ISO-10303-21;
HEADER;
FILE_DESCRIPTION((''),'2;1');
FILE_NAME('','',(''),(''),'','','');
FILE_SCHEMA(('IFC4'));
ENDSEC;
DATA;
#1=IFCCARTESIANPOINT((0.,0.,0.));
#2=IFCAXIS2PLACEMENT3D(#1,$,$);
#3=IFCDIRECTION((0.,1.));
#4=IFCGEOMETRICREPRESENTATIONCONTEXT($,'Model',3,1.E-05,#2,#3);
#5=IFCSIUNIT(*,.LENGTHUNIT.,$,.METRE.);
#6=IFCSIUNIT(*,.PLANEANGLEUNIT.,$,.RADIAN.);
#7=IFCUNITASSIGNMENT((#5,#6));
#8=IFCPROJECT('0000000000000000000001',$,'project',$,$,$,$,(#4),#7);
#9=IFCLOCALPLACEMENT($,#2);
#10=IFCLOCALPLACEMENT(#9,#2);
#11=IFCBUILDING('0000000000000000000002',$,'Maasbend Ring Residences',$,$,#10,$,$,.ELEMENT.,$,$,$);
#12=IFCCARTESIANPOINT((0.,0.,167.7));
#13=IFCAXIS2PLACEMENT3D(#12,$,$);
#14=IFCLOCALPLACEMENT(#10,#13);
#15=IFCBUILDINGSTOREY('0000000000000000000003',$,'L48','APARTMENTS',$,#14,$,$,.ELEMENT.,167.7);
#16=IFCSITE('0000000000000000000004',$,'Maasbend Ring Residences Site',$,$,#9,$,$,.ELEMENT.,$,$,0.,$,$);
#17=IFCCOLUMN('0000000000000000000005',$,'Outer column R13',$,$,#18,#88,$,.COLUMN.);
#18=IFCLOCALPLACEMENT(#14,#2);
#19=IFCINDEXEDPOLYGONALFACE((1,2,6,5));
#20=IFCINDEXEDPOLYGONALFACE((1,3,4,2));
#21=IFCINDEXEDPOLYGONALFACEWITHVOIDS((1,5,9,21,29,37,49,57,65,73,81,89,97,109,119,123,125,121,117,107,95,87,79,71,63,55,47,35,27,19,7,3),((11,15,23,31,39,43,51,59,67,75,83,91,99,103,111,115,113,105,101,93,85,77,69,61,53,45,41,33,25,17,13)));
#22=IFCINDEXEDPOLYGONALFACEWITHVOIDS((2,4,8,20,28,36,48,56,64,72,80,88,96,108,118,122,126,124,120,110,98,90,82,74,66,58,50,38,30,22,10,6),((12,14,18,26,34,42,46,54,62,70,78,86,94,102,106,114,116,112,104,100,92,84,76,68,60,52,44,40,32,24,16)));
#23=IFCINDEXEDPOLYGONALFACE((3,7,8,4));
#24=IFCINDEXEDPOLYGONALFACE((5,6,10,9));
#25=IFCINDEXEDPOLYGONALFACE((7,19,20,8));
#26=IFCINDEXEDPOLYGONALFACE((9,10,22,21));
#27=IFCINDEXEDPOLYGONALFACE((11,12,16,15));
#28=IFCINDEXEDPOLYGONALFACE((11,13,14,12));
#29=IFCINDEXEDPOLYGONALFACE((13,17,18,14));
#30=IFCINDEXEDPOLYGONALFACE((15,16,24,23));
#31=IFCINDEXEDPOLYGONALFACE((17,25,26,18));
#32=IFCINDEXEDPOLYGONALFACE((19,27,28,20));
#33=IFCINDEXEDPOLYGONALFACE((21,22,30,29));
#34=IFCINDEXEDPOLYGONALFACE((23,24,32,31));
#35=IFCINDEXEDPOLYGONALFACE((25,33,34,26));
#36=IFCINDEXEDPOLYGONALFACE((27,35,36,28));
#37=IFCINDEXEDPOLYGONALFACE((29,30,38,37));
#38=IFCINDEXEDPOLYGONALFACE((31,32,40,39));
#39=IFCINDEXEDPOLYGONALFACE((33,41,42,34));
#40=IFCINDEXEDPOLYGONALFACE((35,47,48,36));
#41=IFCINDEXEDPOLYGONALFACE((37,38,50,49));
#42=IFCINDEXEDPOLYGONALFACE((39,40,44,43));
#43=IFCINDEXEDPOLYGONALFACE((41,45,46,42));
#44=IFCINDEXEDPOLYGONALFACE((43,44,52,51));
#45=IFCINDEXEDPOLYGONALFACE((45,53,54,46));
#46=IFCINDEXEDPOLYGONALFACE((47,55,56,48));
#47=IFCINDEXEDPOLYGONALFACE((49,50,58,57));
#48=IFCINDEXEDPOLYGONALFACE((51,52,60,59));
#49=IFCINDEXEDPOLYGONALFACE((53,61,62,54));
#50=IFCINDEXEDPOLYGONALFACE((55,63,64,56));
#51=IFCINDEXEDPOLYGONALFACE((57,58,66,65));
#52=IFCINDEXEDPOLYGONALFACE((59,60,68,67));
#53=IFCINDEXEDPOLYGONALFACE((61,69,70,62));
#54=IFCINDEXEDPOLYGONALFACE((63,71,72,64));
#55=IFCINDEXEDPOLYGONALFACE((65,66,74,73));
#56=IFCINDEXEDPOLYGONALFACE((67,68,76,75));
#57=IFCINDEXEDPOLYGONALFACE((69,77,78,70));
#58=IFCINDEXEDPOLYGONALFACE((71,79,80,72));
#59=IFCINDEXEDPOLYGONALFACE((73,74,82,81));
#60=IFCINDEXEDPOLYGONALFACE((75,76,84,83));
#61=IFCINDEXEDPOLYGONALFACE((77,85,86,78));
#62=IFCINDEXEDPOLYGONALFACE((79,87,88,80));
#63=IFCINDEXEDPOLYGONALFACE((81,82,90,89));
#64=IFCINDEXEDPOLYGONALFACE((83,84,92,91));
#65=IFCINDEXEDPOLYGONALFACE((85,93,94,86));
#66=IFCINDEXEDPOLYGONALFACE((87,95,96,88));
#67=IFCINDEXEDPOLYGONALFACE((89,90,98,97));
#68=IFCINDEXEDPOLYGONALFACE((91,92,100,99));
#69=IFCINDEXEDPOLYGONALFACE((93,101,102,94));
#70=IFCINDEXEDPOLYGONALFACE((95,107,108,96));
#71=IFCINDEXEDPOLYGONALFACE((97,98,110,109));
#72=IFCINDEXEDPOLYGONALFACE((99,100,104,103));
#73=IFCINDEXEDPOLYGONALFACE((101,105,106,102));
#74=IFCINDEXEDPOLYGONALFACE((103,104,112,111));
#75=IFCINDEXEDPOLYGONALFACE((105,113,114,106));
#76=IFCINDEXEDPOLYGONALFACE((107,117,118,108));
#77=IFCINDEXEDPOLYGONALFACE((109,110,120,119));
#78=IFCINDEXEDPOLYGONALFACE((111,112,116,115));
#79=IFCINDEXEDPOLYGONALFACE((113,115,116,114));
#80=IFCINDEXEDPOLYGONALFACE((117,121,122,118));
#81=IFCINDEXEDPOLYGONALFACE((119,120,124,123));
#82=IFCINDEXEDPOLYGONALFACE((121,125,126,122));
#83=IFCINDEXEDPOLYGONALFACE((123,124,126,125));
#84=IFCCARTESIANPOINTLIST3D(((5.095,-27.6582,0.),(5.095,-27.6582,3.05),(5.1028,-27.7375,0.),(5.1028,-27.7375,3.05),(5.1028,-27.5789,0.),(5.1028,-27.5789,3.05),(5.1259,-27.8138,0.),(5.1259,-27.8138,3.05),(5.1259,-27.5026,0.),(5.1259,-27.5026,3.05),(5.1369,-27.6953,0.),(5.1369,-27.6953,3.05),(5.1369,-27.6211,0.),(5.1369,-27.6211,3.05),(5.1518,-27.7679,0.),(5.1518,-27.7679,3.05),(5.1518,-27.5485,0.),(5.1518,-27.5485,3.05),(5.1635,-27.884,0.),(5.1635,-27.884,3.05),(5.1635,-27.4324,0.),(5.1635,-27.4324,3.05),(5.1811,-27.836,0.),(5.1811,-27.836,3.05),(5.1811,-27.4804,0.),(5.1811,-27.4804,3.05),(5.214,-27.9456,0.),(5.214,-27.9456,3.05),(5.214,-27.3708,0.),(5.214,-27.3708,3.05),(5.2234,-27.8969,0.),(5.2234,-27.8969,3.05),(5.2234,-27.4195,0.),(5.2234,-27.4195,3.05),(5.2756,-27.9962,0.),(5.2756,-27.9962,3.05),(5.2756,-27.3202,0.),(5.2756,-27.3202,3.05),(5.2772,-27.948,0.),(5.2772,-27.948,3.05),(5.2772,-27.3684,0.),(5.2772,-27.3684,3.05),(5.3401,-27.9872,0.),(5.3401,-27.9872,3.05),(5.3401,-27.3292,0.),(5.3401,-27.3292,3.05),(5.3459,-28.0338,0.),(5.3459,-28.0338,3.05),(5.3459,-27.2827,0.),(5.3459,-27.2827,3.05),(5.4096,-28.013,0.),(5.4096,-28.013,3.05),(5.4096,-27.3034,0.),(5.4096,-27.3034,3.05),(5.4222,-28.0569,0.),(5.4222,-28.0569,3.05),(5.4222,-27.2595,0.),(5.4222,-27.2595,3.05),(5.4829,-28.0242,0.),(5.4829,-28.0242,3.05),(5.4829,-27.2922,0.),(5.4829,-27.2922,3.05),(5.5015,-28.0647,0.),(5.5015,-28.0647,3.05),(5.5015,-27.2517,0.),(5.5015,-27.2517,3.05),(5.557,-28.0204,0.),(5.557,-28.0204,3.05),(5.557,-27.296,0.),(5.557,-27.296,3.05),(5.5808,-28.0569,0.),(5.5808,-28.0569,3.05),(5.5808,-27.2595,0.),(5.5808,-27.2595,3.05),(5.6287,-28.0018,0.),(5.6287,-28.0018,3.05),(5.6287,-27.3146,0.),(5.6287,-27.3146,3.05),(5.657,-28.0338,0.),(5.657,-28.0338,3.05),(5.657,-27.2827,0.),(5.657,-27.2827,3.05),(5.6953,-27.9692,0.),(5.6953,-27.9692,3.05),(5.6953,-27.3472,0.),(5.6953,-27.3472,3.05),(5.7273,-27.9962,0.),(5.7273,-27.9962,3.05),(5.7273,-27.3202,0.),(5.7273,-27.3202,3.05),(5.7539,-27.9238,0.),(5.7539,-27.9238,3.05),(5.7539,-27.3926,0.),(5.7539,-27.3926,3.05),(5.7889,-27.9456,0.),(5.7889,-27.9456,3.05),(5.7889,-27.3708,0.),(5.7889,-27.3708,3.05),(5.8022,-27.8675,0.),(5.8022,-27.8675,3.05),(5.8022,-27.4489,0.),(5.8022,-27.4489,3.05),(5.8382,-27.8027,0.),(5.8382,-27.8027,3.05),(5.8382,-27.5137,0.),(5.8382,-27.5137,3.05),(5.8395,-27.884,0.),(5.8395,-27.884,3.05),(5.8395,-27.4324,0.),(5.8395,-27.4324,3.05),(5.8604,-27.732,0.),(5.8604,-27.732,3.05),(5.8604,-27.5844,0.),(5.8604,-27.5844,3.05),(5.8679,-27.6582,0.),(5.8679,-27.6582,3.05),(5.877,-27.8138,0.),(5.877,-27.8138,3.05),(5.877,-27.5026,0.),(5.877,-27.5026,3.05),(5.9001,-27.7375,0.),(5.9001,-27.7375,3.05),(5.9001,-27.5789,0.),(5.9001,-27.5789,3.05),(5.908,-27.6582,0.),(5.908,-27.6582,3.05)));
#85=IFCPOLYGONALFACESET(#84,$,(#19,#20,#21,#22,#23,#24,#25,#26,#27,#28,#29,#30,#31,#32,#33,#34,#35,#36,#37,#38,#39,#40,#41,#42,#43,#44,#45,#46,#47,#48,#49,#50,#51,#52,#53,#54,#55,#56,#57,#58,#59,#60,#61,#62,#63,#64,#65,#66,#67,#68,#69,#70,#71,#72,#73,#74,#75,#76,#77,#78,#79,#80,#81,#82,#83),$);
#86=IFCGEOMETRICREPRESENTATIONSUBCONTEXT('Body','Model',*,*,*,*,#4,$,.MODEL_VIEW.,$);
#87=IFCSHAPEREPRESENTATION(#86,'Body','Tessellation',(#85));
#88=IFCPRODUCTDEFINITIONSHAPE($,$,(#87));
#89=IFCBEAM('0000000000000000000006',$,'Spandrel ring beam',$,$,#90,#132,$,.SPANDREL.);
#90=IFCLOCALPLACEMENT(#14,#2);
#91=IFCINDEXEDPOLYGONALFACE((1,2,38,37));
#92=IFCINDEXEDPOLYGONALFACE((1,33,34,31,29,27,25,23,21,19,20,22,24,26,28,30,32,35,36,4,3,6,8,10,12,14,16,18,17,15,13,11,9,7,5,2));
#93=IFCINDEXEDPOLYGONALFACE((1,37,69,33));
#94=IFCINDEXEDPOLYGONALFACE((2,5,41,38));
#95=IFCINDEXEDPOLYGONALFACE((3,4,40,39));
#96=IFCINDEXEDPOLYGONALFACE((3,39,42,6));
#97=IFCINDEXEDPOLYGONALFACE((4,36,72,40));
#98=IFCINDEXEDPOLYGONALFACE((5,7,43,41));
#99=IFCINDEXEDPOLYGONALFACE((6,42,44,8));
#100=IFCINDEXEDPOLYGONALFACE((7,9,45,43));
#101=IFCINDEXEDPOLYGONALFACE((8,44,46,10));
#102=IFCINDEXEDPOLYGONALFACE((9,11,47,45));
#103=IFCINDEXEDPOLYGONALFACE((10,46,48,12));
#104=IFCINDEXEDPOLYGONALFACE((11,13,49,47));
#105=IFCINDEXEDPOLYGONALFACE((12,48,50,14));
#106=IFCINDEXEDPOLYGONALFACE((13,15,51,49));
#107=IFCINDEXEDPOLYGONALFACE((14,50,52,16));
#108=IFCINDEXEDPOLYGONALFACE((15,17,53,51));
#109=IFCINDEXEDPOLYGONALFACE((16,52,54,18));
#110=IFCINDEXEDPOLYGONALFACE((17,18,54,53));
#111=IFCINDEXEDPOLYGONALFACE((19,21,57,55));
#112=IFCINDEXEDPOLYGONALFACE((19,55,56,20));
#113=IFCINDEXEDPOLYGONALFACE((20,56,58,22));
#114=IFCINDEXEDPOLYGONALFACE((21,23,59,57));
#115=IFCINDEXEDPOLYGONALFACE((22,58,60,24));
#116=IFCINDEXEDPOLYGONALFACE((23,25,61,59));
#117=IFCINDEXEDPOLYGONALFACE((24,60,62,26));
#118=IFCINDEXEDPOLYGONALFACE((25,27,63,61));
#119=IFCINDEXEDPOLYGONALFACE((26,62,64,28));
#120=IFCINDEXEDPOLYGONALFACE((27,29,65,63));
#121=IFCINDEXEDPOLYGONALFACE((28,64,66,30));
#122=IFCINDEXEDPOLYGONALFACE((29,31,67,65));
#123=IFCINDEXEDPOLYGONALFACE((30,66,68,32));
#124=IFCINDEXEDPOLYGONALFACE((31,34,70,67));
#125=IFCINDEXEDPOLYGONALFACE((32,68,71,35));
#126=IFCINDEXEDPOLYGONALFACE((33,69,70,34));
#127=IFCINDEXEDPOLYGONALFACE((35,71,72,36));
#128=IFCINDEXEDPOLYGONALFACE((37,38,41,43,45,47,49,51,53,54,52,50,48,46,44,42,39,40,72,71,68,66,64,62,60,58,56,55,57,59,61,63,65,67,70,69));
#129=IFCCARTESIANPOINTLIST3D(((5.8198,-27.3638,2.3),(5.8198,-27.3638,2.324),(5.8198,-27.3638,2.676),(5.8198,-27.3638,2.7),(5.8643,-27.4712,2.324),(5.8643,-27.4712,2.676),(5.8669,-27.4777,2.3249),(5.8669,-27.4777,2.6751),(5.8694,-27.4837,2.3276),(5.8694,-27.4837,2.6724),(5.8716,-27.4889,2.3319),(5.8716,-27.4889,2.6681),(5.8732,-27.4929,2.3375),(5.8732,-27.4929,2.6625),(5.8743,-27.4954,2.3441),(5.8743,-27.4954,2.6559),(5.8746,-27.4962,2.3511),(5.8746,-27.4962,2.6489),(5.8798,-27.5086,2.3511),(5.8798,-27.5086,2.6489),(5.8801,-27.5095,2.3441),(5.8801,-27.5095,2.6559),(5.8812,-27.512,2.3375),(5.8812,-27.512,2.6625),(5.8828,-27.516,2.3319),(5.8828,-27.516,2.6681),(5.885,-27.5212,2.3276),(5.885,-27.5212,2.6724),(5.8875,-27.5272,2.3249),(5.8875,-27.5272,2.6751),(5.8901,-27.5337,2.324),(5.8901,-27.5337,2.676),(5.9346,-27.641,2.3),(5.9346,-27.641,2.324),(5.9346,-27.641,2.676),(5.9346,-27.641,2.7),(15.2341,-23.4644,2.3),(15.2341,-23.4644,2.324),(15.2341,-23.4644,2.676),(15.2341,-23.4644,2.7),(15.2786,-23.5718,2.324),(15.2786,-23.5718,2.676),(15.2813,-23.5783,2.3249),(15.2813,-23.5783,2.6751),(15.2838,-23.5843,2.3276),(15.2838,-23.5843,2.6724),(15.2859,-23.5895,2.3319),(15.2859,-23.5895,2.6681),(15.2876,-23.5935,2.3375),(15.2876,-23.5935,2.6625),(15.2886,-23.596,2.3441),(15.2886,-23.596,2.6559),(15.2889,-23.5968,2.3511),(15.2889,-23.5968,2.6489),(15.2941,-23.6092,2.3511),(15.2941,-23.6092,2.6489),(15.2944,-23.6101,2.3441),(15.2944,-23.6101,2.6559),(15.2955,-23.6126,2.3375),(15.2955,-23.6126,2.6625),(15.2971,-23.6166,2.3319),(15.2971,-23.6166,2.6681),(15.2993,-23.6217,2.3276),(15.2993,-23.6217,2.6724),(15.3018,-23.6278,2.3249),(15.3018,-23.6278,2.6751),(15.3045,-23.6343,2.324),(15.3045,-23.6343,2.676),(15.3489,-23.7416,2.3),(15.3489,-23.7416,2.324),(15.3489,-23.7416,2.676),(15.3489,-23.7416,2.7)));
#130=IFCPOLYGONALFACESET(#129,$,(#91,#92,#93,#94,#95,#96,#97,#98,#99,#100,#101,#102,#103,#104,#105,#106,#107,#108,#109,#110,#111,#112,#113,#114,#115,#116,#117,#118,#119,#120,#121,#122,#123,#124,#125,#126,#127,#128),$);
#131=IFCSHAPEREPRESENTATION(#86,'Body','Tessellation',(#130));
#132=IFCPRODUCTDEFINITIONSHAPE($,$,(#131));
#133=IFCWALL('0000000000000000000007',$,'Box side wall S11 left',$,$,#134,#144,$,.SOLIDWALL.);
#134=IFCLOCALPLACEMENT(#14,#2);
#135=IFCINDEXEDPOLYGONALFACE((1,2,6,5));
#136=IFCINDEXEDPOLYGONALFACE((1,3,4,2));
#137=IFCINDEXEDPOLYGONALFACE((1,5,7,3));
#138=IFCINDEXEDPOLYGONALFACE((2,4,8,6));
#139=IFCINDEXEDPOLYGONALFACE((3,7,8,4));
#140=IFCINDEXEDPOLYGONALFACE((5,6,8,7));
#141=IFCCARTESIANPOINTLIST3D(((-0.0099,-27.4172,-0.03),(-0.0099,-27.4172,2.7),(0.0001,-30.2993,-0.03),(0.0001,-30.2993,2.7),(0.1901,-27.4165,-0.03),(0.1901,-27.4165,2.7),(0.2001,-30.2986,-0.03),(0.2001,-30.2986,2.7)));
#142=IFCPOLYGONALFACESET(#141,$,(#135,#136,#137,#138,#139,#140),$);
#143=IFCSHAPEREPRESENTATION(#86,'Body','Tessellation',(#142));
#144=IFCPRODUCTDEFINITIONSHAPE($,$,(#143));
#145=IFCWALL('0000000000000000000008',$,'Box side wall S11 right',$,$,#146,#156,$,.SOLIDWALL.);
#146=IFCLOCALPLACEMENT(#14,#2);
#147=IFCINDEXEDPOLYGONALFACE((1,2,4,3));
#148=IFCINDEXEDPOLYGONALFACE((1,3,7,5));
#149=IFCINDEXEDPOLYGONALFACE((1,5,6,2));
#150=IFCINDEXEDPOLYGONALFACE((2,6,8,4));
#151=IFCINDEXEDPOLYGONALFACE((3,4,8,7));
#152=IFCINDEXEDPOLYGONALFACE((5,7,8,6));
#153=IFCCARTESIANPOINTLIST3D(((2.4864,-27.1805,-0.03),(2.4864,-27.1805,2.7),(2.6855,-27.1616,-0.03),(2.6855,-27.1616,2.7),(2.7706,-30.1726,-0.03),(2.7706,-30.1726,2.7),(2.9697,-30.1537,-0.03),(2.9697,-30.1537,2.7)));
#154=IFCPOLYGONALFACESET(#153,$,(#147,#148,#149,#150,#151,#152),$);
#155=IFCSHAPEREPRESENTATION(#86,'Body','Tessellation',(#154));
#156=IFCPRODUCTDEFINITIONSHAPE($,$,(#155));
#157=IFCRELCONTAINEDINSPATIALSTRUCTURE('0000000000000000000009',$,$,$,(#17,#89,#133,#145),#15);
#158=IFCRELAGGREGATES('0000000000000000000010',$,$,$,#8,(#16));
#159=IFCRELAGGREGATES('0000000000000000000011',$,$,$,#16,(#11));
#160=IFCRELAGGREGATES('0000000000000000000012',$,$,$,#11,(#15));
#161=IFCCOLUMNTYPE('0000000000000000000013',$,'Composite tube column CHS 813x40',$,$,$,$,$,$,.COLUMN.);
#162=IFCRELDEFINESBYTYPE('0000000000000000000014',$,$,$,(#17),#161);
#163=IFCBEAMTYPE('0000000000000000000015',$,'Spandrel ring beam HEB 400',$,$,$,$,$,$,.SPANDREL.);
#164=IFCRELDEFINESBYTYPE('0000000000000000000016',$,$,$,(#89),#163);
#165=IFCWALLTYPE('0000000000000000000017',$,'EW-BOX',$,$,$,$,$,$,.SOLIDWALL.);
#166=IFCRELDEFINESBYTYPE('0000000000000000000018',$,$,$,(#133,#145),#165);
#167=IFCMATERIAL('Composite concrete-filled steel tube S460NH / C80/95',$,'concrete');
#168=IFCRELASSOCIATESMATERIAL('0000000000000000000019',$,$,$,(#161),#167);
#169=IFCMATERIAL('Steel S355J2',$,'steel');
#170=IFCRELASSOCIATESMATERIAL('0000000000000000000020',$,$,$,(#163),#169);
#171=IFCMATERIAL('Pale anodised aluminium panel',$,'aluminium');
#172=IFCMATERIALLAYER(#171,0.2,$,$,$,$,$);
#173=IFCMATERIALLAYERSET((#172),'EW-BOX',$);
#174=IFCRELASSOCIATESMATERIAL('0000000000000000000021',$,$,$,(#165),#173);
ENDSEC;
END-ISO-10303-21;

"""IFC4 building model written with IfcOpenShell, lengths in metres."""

from ifc_helpers import new_model, si_unit, direction, frame, frame_2d, origin, origin_2d, place, context, subcontext, project, spatial, rectangle, hollow_circle, i_section, extrude, material, layer, layer_set, material_profile, profile_set, type_object, element, save


model = new_model("IFC4")

# Units and contexts
model_context = context("Model", 3, precision=1e-05, world=origin(), true_north=direction((0.0, 1.0)))
body_context = subcontext(model_context, "Body", "Model", "MODEL_VIEW")
ifc_project = project(units=[si_unit("LENGTHUNIT", "METRE"), si_unit("PLANEANGLEUNIT", "RADIAN")], contexts=[model_context])

# Site, building, storey
site_placement = place(None, origin())
site = spatial("IfcSite", under=ifc_project, at=site_placement, Name="Maasbend Ring Residences Site", CompositionType="ELEMENT", RefElevation=0.0)
building_placement = place(site_placement, origin())
building = spatial("IfcBuilding", under=site, at=building_placement, Name="Maasbend Ring Residences", CompositionType="ELEMENT")
storey_placement = place(building_placement, frame((0.0, 0.0, 167.7)))
storey = spatial("IfcBuildingStorey", under=building, at=storey_placement, Name="L48", Description="APARTMENTS", CompositionType="ELEMENT", Elevation=167.7)

# Column
ifc_material_1 = material(Name="Composite concrete-filled steel tube S460NH / C80/95", Category="concrete")
ifc_material_profile_1 = material_profile(ifc_material_1, hollow_circle(Radius=0.4065, WallThickness=0.04, at=origin_2d()), Name="Composite tube column CHS 813x40")
ifc_profile_set_1 = profile_set([ifc_material_profile_1], Name="Composite concrete-filled steel tube S460NH / C80/95")
column_type = type_object("IfcColumnType", Name="Composite tube column CHS 813x40", PredefinedType="COLUMN", material=ifc_profile_set_1)
column_placement = place(storey_placement, frame((5.5015, -27.6582, 0.0), z_axis=(0.0, 0.0, 1.0), x_axis=(1.0, 0.0, 0.0)))
element("IfcColumn", 1, at=column_placement, inside=storey, type_object=column_type, Name="Outer column R13", PredefinedType="COLUMN", context=body_context, shape_type="SweptSolid", body=[
    extrude(hollow_circle(Radius=0.4065, WallThickness=0.04, at=origin_2d()), origin(), (0.0, 0.0, 1.0), 3.05),
])

# Beam
ifc_material_2 = material(Name="Steel S355J2", Category="steel")
ifc_material_profile_2 = material_profile(ifc_material_2, i_section(OverallWidth=0.3, OverallDepth=0.3999, WebThickness=0.0134, FlangeThickness=0.0239, FilletRadius=0.0271, at=origin_2d()), Name="HEB 400")
ifc_profile_set_2 = profile_set([ifc_material_profile_2], Name="Steel S355J2")
beam_type = type_object("IfcBeamType", Name="Spandrel ring beam HEB 400", PredefinedType="SPANDREL", material=ifc_profile_set_2)
beam_placement = place(storey_placement, frame((5.8772, -27.5024, 2.5), z_axis=(0.923884, 0.382673, 0.0), x_axis=(-0.382673, 0.923884, 0.0)))
element("IfcBeam", 2, at=beam_placement, inside=storey, type_object=beam_type, Name="Spandrel ring beam", PredefinedType="SPANDREL", context=body_context, shape_type="SweptSolid", body=[
    extrude(i_section(OverallWidth=0.3, OverallDepth=0.3999, WebThickness=0.0134, FlangeThickness=0.0239, FilletRadius=0.0271, at=origin_2d()), origin(), (0.0, 0.0, 1.0), 10.1899),
])

# Walls
ifc_material_3 = material(Name="Pale anodised aluminium panel", Category="aluminium")
ifc_layer_1 = layer(ifc_material_3, 0.2)
ifc_layer_set_1 = layer_set([ifc_layer_1], Name="EW-BOX")
wall_type_1 = type_object("IfcWallType", Name="EW-BOX", PredefinedType="SOLIDWALL", material=ifc_layer_set_1)
wall_1_placement = place(storey_placement, frame((0.0901, -27.417, -0.03), z_axis=(0.0, 0.0, 1.0), x_axis=(0.003473, -0.999994, 0.0)))
element("IfcWall", 3, at=wall_1_placement, inside=storey, type_object=wall_type_1, Name="Box side wall S11 left", PredefinedType="SOLIDWALL", context=body_context, shape_type="SweptSolid", body=[
    extrude(rectangle(XDim=2.8821, YDim=0.2, at=frame_2d((1.4409, 0.0))), origin(), (0.0, 0.0, 1.0), 2.73),
])
wall_2_placement = place(storey_placement, frame((2.5859, -27.1709, -0.03), z_axis=(0.0, 0.0, 1.0), x_axis=(0.094548, -0.99552, 0.0)))
element("IfcWall", 4, at=wall_2_placement, inside=storey, type_object=wall_type_1, Name="Box side wall S11 right", PredefinedType="SOLIDWALL", context=body_context, shape_type="SweptSolid", body=[
    extrude(rectangle(XDim=3.0056, YDim=0.2, at=frame_2d((1.5029, 0.0))), origin(), (0.0, 0.0, 1.0), 2.73),
])

save(model, "model.ifc")
